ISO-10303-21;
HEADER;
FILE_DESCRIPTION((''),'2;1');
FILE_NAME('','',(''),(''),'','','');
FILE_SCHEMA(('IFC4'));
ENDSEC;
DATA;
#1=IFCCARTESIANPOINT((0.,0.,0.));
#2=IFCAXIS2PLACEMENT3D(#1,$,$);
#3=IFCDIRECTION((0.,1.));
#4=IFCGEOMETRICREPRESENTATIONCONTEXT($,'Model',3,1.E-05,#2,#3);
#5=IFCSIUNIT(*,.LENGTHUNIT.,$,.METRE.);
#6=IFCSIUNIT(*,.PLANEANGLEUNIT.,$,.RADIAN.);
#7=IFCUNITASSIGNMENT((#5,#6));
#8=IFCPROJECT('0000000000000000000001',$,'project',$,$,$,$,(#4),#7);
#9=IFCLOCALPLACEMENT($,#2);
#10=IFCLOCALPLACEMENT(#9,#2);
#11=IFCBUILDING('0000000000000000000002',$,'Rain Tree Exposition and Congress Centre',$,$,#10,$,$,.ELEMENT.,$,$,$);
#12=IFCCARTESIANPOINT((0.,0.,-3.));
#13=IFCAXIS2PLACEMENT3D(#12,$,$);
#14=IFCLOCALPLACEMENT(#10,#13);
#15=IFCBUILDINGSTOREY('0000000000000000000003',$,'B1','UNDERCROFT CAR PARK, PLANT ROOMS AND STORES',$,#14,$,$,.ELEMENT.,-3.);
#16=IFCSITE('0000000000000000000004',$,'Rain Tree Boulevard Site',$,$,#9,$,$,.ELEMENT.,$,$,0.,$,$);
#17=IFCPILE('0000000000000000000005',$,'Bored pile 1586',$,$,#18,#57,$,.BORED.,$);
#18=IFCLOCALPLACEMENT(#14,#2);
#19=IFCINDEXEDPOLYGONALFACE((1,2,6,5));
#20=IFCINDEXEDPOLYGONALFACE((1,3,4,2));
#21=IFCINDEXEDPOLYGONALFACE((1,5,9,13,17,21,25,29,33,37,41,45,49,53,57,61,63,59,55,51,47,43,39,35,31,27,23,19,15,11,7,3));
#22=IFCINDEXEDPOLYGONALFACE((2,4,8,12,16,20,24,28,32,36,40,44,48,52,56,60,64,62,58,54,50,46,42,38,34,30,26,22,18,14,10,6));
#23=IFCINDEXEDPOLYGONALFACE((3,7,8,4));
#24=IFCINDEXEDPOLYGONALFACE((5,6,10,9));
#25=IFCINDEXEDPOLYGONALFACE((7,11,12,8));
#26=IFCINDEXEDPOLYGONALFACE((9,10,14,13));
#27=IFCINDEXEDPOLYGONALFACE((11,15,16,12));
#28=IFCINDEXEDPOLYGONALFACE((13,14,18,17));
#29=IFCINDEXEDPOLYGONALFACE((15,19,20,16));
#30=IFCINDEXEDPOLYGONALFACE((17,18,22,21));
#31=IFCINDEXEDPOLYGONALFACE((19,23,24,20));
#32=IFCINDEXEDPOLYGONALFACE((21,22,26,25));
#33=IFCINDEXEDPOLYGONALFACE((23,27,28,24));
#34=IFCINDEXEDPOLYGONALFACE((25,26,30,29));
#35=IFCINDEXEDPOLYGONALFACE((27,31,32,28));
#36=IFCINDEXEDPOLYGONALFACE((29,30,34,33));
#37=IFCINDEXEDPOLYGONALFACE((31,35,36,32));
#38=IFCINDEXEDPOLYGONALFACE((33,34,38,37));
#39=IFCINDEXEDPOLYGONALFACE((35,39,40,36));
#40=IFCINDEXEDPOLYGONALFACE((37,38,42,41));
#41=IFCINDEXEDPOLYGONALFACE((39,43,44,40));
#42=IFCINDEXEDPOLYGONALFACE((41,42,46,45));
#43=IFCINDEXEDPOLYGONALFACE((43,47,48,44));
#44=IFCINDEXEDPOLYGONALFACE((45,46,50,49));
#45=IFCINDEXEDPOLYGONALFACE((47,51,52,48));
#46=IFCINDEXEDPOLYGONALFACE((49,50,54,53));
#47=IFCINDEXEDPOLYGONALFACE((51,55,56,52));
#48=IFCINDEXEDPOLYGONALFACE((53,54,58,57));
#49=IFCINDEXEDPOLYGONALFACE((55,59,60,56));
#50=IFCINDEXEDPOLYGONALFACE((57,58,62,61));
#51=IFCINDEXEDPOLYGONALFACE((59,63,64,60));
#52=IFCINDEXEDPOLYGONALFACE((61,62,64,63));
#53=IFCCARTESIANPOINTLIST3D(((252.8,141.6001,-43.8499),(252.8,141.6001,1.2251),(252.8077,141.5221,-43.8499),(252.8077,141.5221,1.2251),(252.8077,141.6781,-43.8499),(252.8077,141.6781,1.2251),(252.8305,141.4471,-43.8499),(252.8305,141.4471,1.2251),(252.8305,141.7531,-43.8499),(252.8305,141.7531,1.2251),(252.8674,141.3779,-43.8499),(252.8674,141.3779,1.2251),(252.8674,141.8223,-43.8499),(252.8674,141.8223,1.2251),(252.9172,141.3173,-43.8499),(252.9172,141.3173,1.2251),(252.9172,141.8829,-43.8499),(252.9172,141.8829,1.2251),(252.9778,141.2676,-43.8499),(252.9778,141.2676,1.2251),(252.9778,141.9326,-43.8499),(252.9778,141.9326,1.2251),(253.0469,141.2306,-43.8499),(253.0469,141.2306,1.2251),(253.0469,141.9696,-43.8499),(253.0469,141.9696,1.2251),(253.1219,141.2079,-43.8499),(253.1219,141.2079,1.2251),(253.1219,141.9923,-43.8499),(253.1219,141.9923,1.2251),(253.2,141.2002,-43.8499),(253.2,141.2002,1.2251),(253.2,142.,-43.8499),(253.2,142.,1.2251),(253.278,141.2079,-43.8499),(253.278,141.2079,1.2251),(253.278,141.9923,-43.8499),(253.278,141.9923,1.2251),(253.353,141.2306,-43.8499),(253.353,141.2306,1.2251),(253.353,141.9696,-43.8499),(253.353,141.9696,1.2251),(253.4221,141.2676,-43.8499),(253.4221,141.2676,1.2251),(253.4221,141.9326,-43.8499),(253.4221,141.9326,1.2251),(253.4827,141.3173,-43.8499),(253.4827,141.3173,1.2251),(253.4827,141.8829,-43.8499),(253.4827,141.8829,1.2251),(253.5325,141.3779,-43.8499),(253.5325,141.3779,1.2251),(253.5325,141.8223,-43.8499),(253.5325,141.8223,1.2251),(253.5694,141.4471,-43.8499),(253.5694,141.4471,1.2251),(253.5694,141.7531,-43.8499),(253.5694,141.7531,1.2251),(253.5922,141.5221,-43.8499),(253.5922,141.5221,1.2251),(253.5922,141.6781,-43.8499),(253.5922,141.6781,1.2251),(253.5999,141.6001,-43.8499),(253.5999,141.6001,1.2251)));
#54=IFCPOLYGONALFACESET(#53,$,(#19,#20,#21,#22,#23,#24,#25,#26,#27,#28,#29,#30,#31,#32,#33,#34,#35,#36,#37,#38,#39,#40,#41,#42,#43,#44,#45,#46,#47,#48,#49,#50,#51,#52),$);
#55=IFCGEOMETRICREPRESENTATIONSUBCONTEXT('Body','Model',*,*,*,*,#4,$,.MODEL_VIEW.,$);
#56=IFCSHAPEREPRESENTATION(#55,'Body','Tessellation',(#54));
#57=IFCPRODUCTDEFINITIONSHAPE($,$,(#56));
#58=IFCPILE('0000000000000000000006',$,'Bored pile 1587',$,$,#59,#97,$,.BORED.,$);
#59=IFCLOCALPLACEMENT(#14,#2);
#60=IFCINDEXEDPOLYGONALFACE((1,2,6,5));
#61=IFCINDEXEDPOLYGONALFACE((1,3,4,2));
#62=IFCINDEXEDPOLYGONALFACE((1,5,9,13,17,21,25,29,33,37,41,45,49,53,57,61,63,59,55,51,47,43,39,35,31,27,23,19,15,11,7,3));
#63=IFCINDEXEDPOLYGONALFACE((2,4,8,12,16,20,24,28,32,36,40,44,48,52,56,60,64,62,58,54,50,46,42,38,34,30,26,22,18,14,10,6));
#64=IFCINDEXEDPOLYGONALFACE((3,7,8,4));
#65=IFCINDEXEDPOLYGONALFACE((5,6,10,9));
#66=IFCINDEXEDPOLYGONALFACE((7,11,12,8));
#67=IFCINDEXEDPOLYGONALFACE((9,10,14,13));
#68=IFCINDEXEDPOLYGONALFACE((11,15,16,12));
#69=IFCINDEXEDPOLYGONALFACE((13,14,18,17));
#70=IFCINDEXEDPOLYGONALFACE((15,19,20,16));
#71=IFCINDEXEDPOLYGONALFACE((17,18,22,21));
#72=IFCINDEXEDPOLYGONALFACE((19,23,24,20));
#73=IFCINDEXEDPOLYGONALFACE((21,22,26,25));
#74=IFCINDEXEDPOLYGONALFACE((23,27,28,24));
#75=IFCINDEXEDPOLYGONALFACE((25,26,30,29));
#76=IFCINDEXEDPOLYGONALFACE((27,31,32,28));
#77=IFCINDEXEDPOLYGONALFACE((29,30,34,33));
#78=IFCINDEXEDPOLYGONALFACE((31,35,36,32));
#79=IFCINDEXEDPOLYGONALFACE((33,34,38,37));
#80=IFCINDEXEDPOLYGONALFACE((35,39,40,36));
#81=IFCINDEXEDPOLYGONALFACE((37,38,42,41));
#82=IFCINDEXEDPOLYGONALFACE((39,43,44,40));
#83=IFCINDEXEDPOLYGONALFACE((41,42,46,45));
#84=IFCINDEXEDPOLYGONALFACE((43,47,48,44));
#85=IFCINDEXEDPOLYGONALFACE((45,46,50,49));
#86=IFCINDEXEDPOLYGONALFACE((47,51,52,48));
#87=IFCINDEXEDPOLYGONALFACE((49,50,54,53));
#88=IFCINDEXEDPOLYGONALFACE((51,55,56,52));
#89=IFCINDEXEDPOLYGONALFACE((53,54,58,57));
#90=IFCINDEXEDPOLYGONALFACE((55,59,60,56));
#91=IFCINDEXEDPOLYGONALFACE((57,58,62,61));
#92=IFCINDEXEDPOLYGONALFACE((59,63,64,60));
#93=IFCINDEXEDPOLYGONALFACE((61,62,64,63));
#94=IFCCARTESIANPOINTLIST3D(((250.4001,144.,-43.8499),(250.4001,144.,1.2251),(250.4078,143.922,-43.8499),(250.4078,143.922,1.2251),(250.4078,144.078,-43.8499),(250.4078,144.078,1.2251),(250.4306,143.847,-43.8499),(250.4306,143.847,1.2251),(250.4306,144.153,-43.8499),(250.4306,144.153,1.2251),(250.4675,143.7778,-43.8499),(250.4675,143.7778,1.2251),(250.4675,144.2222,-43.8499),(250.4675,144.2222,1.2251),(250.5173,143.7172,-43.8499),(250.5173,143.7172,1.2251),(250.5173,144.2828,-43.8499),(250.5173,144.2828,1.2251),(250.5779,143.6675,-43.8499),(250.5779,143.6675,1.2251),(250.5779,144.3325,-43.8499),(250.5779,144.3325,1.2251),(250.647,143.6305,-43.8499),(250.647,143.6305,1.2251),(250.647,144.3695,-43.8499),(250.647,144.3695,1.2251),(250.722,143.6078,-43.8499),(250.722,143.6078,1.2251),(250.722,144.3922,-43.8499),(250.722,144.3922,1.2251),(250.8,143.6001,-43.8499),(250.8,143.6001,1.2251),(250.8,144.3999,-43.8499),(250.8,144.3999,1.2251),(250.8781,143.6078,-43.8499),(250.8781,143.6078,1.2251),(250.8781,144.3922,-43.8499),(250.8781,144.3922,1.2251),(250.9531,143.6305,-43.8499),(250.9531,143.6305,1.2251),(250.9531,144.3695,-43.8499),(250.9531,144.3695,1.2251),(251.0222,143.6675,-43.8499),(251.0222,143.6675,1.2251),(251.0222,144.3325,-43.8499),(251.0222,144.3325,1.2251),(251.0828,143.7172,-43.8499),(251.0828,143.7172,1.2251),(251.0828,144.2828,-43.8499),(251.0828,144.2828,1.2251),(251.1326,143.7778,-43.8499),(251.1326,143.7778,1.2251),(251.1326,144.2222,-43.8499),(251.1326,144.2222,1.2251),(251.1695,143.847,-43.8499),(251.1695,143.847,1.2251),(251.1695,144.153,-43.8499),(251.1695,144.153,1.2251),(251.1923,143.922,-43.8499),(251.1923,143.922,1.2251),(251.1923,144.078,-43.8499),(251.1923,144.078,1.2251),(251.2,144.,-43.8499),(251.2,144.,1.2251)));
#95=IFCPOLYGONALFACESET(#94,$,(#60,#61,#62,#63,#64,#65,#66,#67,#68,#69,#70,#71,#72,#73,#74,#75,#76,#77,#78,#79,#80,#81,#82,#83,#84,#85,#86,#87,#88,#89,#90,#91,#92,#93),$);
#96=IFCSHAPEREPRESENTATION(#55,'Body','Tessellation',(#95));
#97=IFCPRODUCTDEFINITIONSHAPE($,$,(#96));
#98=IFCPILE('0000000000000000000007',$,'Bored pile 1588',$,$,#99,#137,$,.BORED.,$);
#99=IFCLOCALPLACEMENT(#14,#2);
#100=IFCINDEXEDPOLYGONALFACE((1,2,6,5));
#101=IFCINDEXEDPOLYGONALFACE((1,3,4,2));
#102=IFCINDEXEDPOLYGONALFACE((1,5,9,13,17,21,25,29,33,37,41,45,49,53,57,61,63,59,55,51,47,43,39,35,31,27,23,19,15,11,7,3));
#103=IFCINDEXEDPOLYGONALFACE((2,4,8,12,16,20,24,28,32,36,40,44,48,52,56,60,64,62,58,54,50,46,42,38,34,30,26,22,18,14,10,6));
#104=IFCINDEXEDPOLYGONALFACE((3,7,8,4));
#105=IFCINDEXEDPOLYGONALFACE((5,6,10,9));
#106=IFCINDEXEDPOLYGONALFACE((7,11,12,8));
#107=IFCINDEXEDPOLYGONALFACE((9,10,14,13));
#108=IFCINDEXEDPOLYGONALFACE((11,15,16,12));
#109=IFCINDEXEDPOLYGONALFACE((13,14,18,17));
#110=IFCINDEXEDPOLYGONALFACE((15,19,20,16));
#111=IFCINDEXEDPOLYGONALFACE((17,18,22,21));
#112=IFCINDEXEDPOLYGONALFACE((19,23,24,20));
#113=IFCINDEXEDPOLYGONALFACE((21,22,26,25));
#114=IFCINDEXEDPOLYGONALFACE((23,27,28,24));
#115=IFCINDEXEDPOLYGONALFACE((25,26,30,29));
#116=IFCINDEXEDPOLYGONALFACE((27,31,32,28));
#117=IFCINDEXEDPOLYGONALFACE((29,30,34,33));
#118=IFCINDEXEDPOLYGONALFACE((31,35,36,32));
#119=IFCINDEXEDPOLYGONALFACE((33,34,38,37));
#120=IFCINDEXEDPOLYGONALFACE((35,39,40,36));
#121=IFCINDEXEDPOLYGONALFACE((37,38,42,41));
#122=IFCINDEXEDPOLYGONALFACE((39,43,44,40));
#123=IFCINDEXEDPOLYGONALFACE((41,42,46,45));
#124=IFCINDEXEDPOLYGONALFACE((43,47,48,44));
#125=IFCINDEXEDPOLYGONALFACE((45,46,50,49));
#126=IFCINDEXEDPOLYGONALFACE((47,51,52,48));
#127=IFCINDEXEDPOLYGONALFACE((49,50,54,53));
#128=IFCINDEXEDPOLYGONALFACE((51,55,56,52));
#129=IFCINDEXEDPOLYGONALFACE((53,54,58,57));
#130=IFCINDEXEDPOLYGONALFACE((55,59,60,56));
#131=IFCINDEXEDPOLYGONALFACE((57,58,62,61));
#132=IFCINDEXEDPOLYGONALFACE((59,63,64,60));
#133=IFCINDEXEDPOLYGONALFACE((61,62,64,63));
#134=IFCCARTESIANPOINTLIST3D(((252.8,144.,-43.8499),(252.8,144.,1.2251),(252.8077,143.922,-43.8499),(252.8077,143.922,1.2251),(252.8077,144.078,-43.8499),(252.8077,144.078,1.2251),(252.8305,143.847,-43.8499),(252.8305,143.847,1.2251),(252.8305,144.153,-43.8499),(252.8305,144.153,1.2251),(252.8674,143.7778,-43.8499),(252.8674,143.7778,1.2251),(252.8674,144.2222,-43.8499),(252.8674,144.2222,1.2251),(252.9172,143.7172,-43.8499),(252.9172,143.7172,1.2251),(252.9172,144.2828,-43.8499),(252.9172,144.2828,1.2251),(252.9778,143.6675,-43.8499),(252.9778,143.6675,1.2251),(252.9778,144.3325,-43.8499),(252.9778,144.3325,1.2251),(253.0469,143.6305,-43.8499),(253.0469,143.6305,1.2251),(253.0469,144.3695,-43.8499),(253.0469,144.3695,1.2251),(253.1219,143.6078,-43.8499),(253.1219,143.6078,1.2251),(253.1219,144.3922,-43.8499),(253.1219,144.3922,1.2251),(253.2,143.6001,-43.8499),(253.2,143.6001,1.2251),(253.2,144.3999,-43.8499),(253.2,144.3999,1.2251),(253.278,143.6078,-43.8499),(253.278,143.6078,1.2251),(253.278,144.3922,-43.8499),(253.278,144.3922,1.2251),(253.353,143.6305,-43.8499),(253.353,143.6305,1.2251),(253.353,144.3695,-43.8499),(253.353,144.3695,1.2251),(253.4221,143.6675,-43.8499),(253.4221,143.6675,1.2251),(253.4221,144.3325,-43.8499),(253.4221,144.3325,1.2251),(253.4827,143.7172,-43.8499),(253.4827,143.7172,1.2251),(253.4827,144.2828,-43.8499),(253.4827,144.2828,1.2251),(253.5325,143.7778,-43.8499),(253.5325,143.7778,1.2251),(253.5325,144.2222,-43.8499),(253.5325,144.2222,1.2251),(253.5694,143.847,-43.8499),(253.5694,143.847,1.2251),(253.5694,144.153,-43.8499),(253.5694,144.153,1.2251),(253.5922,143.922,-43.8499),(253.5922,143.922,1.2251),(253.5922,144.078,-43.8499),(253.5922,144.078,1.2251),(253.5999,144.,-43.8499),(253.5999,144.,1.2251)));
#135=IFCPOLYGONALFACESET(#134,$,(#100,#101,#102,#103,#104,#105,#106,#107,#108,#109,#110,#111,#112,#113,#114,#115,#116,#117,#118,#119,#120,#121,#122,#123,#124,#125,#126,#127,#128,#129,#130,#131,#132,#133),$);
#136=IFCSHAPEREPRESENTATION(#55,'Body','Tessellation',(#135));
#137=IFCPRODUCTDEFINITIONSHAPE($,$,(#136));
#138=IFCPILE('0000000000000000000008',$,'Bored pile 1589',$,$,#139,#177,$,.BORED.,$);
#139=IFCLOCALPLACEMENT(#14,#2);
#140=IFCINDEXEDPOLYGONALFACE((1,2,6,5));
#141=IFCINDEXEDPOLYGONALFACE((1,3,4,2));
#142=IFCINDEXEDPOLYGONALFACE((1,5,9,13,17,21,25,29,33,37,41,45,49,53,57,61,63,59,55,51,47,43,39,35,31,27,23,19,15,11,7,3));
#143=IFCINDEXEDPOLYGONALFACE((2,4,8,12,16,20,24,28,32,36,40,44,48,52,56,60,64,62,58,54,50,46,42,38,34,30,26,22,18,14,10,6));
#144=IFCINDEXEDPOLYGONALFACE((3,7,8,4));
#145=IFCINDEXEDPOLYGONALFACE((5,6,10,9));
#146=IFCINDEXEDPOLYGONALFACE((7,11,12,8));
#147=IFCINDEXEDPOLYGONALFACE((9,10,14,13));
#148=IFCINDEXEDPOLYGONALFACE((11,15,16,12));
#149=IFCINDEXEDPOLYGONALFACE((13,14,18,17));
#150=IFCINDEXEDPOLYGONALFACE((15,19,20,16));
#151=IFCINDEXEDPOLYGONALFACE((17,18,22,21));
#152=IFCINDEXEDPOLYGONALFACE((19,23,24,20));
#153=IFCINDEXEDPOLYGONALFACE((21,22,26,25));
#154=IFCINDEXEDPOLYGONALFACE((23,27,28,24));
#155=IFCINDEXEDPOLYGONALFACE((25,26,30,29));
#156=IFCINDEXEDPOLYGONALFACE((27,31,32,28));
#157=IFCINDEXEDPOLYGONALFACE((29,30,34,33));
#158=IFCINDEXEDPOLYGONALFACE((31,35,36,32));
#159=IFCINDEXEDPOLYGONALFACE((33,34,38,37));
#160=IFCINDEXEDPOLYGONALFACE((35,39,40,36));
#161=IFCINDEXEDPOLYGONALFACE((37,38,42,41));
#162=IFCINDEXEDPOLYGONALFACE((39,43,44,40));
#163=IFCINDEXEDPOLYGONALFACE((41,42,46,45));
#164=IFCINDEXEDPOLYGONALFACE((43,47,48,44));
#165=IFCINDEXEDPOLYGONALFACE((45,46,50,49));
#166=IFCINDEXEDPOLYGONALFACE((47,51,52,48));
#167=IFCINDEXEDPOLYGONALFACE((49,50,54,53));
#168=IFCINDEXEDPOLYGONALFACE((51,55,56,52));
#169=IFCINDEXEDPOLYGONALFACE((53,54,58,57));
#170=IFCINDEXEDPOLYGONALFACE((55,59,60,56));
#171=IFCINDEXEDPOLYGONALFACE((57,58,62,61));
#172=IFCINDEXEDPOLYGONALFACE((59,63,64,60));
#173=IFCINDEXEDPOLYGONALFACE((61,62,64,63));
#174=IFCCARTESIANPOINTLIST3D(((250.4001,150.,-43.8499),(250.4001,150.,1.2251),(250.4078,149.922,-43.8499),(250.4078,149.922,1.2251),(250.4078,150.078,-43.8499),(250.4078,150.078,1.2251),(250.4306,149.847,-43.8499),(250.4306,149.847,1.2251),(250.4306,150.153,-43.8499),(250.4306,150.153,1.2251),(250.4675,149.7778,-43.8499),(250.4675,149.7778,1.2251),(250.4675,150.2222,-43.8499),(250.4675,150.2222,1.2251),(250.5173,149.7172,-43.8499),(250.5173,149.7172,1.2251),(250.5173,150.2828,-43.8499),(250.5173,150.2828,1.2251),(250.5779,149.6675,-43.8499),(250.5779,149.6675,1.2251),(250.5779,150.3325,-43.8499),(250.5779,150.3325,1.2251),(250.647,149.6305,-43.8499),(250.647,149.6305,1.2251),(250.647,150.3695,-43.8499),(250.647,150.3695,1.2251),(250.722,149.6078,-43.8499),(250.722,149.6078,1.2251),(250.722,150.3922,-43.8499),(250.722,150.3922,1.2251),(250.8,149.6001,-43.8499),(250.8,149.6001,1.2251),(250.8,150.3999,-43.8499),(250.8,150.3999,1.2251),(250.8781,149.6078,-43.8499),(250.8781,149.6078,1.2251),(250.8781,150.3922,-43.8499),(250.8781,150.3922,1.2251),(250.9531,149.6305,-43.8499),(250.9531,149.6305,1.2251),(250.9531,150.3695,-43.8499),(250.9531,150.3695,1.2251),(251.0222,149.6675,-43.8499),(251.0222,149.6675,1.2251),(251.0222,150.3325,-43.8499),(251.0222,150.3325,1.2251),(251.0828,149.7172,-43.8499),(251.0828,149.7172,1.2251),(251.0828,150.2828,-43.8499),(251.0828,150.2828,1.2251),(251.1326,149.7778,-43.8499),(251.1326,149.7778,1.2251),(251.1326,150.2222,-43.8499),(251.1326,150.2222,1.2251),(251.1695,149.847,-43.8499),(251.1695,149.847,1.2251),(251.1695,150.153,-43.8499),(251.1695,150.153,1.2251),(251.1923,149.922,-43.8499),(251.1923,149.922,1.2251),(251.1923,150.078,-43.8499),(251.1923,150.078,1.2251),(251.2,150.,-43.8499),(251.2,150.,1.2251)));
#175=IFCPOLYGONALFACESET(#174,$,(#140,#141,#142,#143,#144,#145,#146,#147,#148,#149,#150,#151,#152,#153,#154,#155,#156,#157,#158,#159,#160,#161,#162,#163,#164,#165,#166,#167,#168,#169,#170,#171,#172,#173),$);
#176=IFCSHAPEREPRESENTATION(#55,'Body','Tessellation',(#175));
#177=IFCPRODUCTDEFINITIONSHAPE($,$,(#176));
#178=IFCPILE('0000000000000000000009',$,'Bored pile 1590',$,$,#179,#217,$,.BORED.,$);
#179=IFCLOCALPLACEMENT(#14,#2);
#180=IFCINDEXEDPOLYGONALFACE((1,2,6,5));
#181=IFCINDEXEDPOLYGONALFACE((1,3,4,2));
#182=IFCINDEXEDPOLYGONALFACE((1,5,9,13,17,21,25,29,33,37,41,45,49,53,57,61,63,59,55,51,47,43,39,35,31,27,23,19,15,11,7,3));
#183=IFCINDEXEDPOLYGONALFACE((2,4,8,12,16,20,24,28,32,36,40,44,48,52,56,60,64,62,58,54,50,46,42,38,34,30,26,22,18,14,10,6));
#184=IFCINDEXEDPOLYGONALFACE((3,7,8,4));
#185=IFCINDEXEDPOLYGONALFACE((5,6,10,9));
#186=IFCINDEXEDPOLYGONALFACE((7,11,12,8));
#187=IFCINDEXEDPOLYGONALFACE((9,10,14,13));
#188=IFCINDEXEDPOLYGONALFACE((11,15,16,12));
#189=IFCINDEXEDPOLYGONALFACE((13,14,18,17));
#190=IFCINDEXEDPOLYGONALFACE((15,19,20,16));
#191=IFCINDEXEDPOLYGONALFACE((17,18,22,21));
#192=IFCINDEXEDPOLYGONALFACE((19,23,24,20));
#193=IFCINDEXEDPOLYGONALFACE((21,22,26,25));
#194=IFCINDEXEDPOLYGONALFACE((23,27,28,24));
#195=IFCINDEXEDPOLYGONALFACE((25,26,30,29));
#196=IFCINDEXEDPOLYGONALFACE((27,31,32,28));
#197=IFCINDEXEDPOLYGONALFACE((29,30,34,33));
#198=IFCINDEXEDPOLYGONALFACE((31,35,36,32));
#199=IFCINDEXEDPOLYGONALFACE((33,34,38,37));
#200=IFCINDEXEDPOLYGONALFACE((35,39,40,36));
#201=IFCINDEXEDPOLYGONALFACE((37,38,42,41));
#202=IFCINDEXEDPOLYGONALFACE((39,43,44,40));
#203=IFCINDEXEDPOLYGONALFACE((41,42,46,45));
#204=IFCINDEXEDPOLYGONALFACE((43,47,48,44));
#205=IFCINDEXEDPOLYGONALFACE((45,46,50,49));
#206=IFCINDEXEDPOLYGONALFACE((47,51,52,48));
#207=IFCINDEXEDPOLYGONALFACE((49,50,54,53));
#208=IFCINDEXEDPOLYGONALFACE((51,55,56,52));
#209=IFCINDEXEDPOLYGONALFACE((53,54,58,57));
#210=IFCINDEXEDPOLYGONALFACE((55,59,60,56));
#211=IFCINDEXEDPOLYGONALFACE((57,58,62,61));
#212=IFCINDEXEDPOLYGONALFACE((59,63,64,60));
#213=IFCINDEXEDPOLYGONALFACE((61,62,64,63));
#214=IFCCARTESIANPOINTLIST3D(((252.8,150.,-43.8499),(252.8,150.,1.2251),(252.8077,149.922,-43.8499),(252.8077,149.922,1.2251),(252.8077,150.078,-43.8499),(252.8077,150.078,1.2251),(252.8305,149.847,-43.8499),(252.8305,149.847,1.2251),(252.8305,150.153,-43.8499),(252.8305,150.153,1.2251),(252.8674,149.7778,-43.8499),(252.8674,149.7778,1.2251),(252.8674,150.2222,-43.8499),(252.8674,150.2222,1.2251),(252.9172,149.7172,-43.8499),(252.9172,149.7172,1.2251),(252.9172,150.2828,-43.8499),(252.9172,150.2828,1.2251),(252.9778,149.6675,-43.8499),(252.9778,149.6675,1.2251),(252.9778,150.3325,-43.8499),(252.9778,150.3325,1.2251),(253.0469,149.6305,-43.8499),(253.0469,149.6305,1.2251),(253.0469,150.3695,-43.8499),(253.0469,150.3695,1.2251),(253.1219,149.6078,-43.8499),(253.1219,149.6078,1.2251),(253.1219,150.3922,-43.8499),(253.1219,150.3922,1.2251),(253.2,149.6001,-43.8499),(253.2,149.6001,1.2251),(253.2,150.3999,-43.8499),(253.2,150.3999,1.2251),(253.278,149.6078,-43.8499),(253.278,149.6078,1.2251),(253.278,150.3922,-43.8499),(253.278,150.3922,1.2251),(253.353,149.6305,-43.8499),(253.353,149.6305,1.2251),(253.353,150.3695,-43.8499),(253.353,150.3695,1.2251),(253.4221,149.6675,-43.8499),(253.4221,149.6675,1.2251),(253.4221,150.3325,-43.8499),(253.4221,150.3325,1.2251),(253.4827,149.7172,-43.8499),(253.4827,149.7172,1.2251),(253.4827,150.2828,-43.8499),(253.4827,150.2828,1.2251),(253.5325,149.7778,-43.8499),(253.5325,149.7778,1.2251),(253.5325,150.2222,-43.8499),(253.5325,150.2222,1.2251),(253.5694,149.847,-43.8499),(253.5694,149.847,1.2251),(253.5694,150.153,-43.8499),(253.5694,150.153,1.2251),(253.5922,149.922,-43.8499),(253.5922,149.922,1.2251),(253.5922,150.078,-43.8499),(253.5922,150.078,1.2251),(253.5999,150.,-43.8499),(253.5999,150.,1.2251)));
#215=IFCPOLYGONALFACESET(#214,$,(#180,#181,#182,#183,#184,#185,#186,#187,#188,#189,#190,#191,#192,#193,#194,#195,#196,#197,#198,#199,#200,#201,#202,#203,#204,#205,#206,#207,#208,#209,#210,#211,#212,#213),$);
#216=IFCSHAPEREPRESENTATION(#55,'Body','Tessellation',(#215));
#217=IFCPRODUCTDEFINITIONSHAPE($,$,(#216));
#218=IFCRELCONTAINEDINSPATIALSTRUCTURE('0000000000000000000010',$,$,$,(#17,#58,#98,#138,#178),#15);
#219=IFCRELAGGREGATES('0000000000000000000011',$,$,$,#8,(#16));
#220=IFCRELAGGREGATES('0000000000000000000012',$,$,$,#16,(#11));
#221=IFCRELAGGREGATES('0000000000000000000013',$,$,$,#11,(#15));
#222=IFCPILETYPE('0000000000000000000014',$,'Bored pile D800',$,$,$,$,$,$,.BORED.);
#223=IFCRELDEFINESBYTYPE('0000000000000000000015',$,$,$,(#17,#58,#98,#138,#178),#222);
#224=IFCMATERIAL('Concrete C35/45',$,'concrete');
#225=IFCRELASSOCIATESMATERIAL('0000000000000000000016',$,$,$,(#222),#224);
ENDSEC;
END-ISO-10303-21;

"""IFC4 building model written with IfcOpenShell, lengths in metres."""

from ifc_helpers import new_model, si_unit, direction, frame, origin, origin_2d, place, context, subcontext, project, spatial, circle, extrude, material, material_profile, profile_set, type_object, element, save


model = new_model("IFC4")

# Units and contexts
model_context = context("Model", 3, precision=1e-05, world=origin(), true_north=direction((0.0, 1.0)))
body_context = subcontext(model_context, "Body", "Model", "MODEL_VIEW")
ifc_project = project(units=[si_unit("LENGTHUNIT", "METRE"), si_unit("PLANEANGLEUNIT", "RADIAN")], contexts=[model_context])

# Site, building, storey
site_placement = place(None, origin())
site = spatial("IfcSite", under=ifc_project, at=site_placement, Name="Rain Tree Boulevard Site", CompositionType="ELEMENT", RefElevation=0.0)
building_placement = place(site_placement, origin())
building = spatial("IfcBuilding", under=site, at=building_placement, Name="Rain Tree Exposition and Congress Centre", CompositionType="ELEMENT")
storey_placement = place(building_placement, frame((0.0, 0.0, -3.0)))
storey = spatial("IfcBuildingStorey", under=building, at=storey_placement, Name="B1", Description="UNDERCROFT CAR PARK, PLANT ROOMS AND STORES", CompositionType="ELEMENT", Elevation=-3.0)

# Piles
ifc_material_1 = material(Name="Concrete C35/45", Category="concrete")
ifc_material_profile_1 = material_profile(ifc_material_1, circle(Radius=0.3999, at=origin_2d()), Name="D800")
ifc_profile_set_1 = profile_set([ifc_material_profile_1], Name="Concrete C35/45")
pile_type_1 = type_object("IfcPileType", Name="Bored pile D800", PredefinedType="BORED", material=ifc_profile_set_1)
for number, where, z_axis, x_axis, name in (
    (1, (253.2, 141.6001, 1.2251), (0.0, 0.0, -1.0), (1.0, 0.0, 0.0), "Bored pile 1586"),
    (2, (250.8, 144.0, 1.2251), (0.0, 0.0, -1.0), (1.0, 0.0, 0.0), "Bored pile 1587"),
    (3, (253.2, 144.0, 1.2251), (0.0, 0.0, -1.0), (1.0, 0.0, 0.0), "Bored pile 1588"),
    (4, (250.8, 150.0, 1.2251), (0.0, 0.0, -1.0), (1.0, 0.0, 0.0), "Bored pile 1589"),
    (5, (253.2, 150.0, 1.2251), (0.0, 0.0, -1.0), (1.0, 0.0, 0.0), "Bored pile 1590"),
):
    element("IfcPile", number, at=place(storey_placement, frame(where, z_axis=z_axis, x_axis=x_axis)), inside=storey, type_object=pile_type_1, Name=name, PredefinedType="BORED", context=body_context, shape_type="SweptSolid", body=[
        extrude(circle(Radius=0.3999, at=origin_2d()), origin(), (0.0, 0.0, 1.0), 45.075),
    ])

save(model, "model.ifc")
